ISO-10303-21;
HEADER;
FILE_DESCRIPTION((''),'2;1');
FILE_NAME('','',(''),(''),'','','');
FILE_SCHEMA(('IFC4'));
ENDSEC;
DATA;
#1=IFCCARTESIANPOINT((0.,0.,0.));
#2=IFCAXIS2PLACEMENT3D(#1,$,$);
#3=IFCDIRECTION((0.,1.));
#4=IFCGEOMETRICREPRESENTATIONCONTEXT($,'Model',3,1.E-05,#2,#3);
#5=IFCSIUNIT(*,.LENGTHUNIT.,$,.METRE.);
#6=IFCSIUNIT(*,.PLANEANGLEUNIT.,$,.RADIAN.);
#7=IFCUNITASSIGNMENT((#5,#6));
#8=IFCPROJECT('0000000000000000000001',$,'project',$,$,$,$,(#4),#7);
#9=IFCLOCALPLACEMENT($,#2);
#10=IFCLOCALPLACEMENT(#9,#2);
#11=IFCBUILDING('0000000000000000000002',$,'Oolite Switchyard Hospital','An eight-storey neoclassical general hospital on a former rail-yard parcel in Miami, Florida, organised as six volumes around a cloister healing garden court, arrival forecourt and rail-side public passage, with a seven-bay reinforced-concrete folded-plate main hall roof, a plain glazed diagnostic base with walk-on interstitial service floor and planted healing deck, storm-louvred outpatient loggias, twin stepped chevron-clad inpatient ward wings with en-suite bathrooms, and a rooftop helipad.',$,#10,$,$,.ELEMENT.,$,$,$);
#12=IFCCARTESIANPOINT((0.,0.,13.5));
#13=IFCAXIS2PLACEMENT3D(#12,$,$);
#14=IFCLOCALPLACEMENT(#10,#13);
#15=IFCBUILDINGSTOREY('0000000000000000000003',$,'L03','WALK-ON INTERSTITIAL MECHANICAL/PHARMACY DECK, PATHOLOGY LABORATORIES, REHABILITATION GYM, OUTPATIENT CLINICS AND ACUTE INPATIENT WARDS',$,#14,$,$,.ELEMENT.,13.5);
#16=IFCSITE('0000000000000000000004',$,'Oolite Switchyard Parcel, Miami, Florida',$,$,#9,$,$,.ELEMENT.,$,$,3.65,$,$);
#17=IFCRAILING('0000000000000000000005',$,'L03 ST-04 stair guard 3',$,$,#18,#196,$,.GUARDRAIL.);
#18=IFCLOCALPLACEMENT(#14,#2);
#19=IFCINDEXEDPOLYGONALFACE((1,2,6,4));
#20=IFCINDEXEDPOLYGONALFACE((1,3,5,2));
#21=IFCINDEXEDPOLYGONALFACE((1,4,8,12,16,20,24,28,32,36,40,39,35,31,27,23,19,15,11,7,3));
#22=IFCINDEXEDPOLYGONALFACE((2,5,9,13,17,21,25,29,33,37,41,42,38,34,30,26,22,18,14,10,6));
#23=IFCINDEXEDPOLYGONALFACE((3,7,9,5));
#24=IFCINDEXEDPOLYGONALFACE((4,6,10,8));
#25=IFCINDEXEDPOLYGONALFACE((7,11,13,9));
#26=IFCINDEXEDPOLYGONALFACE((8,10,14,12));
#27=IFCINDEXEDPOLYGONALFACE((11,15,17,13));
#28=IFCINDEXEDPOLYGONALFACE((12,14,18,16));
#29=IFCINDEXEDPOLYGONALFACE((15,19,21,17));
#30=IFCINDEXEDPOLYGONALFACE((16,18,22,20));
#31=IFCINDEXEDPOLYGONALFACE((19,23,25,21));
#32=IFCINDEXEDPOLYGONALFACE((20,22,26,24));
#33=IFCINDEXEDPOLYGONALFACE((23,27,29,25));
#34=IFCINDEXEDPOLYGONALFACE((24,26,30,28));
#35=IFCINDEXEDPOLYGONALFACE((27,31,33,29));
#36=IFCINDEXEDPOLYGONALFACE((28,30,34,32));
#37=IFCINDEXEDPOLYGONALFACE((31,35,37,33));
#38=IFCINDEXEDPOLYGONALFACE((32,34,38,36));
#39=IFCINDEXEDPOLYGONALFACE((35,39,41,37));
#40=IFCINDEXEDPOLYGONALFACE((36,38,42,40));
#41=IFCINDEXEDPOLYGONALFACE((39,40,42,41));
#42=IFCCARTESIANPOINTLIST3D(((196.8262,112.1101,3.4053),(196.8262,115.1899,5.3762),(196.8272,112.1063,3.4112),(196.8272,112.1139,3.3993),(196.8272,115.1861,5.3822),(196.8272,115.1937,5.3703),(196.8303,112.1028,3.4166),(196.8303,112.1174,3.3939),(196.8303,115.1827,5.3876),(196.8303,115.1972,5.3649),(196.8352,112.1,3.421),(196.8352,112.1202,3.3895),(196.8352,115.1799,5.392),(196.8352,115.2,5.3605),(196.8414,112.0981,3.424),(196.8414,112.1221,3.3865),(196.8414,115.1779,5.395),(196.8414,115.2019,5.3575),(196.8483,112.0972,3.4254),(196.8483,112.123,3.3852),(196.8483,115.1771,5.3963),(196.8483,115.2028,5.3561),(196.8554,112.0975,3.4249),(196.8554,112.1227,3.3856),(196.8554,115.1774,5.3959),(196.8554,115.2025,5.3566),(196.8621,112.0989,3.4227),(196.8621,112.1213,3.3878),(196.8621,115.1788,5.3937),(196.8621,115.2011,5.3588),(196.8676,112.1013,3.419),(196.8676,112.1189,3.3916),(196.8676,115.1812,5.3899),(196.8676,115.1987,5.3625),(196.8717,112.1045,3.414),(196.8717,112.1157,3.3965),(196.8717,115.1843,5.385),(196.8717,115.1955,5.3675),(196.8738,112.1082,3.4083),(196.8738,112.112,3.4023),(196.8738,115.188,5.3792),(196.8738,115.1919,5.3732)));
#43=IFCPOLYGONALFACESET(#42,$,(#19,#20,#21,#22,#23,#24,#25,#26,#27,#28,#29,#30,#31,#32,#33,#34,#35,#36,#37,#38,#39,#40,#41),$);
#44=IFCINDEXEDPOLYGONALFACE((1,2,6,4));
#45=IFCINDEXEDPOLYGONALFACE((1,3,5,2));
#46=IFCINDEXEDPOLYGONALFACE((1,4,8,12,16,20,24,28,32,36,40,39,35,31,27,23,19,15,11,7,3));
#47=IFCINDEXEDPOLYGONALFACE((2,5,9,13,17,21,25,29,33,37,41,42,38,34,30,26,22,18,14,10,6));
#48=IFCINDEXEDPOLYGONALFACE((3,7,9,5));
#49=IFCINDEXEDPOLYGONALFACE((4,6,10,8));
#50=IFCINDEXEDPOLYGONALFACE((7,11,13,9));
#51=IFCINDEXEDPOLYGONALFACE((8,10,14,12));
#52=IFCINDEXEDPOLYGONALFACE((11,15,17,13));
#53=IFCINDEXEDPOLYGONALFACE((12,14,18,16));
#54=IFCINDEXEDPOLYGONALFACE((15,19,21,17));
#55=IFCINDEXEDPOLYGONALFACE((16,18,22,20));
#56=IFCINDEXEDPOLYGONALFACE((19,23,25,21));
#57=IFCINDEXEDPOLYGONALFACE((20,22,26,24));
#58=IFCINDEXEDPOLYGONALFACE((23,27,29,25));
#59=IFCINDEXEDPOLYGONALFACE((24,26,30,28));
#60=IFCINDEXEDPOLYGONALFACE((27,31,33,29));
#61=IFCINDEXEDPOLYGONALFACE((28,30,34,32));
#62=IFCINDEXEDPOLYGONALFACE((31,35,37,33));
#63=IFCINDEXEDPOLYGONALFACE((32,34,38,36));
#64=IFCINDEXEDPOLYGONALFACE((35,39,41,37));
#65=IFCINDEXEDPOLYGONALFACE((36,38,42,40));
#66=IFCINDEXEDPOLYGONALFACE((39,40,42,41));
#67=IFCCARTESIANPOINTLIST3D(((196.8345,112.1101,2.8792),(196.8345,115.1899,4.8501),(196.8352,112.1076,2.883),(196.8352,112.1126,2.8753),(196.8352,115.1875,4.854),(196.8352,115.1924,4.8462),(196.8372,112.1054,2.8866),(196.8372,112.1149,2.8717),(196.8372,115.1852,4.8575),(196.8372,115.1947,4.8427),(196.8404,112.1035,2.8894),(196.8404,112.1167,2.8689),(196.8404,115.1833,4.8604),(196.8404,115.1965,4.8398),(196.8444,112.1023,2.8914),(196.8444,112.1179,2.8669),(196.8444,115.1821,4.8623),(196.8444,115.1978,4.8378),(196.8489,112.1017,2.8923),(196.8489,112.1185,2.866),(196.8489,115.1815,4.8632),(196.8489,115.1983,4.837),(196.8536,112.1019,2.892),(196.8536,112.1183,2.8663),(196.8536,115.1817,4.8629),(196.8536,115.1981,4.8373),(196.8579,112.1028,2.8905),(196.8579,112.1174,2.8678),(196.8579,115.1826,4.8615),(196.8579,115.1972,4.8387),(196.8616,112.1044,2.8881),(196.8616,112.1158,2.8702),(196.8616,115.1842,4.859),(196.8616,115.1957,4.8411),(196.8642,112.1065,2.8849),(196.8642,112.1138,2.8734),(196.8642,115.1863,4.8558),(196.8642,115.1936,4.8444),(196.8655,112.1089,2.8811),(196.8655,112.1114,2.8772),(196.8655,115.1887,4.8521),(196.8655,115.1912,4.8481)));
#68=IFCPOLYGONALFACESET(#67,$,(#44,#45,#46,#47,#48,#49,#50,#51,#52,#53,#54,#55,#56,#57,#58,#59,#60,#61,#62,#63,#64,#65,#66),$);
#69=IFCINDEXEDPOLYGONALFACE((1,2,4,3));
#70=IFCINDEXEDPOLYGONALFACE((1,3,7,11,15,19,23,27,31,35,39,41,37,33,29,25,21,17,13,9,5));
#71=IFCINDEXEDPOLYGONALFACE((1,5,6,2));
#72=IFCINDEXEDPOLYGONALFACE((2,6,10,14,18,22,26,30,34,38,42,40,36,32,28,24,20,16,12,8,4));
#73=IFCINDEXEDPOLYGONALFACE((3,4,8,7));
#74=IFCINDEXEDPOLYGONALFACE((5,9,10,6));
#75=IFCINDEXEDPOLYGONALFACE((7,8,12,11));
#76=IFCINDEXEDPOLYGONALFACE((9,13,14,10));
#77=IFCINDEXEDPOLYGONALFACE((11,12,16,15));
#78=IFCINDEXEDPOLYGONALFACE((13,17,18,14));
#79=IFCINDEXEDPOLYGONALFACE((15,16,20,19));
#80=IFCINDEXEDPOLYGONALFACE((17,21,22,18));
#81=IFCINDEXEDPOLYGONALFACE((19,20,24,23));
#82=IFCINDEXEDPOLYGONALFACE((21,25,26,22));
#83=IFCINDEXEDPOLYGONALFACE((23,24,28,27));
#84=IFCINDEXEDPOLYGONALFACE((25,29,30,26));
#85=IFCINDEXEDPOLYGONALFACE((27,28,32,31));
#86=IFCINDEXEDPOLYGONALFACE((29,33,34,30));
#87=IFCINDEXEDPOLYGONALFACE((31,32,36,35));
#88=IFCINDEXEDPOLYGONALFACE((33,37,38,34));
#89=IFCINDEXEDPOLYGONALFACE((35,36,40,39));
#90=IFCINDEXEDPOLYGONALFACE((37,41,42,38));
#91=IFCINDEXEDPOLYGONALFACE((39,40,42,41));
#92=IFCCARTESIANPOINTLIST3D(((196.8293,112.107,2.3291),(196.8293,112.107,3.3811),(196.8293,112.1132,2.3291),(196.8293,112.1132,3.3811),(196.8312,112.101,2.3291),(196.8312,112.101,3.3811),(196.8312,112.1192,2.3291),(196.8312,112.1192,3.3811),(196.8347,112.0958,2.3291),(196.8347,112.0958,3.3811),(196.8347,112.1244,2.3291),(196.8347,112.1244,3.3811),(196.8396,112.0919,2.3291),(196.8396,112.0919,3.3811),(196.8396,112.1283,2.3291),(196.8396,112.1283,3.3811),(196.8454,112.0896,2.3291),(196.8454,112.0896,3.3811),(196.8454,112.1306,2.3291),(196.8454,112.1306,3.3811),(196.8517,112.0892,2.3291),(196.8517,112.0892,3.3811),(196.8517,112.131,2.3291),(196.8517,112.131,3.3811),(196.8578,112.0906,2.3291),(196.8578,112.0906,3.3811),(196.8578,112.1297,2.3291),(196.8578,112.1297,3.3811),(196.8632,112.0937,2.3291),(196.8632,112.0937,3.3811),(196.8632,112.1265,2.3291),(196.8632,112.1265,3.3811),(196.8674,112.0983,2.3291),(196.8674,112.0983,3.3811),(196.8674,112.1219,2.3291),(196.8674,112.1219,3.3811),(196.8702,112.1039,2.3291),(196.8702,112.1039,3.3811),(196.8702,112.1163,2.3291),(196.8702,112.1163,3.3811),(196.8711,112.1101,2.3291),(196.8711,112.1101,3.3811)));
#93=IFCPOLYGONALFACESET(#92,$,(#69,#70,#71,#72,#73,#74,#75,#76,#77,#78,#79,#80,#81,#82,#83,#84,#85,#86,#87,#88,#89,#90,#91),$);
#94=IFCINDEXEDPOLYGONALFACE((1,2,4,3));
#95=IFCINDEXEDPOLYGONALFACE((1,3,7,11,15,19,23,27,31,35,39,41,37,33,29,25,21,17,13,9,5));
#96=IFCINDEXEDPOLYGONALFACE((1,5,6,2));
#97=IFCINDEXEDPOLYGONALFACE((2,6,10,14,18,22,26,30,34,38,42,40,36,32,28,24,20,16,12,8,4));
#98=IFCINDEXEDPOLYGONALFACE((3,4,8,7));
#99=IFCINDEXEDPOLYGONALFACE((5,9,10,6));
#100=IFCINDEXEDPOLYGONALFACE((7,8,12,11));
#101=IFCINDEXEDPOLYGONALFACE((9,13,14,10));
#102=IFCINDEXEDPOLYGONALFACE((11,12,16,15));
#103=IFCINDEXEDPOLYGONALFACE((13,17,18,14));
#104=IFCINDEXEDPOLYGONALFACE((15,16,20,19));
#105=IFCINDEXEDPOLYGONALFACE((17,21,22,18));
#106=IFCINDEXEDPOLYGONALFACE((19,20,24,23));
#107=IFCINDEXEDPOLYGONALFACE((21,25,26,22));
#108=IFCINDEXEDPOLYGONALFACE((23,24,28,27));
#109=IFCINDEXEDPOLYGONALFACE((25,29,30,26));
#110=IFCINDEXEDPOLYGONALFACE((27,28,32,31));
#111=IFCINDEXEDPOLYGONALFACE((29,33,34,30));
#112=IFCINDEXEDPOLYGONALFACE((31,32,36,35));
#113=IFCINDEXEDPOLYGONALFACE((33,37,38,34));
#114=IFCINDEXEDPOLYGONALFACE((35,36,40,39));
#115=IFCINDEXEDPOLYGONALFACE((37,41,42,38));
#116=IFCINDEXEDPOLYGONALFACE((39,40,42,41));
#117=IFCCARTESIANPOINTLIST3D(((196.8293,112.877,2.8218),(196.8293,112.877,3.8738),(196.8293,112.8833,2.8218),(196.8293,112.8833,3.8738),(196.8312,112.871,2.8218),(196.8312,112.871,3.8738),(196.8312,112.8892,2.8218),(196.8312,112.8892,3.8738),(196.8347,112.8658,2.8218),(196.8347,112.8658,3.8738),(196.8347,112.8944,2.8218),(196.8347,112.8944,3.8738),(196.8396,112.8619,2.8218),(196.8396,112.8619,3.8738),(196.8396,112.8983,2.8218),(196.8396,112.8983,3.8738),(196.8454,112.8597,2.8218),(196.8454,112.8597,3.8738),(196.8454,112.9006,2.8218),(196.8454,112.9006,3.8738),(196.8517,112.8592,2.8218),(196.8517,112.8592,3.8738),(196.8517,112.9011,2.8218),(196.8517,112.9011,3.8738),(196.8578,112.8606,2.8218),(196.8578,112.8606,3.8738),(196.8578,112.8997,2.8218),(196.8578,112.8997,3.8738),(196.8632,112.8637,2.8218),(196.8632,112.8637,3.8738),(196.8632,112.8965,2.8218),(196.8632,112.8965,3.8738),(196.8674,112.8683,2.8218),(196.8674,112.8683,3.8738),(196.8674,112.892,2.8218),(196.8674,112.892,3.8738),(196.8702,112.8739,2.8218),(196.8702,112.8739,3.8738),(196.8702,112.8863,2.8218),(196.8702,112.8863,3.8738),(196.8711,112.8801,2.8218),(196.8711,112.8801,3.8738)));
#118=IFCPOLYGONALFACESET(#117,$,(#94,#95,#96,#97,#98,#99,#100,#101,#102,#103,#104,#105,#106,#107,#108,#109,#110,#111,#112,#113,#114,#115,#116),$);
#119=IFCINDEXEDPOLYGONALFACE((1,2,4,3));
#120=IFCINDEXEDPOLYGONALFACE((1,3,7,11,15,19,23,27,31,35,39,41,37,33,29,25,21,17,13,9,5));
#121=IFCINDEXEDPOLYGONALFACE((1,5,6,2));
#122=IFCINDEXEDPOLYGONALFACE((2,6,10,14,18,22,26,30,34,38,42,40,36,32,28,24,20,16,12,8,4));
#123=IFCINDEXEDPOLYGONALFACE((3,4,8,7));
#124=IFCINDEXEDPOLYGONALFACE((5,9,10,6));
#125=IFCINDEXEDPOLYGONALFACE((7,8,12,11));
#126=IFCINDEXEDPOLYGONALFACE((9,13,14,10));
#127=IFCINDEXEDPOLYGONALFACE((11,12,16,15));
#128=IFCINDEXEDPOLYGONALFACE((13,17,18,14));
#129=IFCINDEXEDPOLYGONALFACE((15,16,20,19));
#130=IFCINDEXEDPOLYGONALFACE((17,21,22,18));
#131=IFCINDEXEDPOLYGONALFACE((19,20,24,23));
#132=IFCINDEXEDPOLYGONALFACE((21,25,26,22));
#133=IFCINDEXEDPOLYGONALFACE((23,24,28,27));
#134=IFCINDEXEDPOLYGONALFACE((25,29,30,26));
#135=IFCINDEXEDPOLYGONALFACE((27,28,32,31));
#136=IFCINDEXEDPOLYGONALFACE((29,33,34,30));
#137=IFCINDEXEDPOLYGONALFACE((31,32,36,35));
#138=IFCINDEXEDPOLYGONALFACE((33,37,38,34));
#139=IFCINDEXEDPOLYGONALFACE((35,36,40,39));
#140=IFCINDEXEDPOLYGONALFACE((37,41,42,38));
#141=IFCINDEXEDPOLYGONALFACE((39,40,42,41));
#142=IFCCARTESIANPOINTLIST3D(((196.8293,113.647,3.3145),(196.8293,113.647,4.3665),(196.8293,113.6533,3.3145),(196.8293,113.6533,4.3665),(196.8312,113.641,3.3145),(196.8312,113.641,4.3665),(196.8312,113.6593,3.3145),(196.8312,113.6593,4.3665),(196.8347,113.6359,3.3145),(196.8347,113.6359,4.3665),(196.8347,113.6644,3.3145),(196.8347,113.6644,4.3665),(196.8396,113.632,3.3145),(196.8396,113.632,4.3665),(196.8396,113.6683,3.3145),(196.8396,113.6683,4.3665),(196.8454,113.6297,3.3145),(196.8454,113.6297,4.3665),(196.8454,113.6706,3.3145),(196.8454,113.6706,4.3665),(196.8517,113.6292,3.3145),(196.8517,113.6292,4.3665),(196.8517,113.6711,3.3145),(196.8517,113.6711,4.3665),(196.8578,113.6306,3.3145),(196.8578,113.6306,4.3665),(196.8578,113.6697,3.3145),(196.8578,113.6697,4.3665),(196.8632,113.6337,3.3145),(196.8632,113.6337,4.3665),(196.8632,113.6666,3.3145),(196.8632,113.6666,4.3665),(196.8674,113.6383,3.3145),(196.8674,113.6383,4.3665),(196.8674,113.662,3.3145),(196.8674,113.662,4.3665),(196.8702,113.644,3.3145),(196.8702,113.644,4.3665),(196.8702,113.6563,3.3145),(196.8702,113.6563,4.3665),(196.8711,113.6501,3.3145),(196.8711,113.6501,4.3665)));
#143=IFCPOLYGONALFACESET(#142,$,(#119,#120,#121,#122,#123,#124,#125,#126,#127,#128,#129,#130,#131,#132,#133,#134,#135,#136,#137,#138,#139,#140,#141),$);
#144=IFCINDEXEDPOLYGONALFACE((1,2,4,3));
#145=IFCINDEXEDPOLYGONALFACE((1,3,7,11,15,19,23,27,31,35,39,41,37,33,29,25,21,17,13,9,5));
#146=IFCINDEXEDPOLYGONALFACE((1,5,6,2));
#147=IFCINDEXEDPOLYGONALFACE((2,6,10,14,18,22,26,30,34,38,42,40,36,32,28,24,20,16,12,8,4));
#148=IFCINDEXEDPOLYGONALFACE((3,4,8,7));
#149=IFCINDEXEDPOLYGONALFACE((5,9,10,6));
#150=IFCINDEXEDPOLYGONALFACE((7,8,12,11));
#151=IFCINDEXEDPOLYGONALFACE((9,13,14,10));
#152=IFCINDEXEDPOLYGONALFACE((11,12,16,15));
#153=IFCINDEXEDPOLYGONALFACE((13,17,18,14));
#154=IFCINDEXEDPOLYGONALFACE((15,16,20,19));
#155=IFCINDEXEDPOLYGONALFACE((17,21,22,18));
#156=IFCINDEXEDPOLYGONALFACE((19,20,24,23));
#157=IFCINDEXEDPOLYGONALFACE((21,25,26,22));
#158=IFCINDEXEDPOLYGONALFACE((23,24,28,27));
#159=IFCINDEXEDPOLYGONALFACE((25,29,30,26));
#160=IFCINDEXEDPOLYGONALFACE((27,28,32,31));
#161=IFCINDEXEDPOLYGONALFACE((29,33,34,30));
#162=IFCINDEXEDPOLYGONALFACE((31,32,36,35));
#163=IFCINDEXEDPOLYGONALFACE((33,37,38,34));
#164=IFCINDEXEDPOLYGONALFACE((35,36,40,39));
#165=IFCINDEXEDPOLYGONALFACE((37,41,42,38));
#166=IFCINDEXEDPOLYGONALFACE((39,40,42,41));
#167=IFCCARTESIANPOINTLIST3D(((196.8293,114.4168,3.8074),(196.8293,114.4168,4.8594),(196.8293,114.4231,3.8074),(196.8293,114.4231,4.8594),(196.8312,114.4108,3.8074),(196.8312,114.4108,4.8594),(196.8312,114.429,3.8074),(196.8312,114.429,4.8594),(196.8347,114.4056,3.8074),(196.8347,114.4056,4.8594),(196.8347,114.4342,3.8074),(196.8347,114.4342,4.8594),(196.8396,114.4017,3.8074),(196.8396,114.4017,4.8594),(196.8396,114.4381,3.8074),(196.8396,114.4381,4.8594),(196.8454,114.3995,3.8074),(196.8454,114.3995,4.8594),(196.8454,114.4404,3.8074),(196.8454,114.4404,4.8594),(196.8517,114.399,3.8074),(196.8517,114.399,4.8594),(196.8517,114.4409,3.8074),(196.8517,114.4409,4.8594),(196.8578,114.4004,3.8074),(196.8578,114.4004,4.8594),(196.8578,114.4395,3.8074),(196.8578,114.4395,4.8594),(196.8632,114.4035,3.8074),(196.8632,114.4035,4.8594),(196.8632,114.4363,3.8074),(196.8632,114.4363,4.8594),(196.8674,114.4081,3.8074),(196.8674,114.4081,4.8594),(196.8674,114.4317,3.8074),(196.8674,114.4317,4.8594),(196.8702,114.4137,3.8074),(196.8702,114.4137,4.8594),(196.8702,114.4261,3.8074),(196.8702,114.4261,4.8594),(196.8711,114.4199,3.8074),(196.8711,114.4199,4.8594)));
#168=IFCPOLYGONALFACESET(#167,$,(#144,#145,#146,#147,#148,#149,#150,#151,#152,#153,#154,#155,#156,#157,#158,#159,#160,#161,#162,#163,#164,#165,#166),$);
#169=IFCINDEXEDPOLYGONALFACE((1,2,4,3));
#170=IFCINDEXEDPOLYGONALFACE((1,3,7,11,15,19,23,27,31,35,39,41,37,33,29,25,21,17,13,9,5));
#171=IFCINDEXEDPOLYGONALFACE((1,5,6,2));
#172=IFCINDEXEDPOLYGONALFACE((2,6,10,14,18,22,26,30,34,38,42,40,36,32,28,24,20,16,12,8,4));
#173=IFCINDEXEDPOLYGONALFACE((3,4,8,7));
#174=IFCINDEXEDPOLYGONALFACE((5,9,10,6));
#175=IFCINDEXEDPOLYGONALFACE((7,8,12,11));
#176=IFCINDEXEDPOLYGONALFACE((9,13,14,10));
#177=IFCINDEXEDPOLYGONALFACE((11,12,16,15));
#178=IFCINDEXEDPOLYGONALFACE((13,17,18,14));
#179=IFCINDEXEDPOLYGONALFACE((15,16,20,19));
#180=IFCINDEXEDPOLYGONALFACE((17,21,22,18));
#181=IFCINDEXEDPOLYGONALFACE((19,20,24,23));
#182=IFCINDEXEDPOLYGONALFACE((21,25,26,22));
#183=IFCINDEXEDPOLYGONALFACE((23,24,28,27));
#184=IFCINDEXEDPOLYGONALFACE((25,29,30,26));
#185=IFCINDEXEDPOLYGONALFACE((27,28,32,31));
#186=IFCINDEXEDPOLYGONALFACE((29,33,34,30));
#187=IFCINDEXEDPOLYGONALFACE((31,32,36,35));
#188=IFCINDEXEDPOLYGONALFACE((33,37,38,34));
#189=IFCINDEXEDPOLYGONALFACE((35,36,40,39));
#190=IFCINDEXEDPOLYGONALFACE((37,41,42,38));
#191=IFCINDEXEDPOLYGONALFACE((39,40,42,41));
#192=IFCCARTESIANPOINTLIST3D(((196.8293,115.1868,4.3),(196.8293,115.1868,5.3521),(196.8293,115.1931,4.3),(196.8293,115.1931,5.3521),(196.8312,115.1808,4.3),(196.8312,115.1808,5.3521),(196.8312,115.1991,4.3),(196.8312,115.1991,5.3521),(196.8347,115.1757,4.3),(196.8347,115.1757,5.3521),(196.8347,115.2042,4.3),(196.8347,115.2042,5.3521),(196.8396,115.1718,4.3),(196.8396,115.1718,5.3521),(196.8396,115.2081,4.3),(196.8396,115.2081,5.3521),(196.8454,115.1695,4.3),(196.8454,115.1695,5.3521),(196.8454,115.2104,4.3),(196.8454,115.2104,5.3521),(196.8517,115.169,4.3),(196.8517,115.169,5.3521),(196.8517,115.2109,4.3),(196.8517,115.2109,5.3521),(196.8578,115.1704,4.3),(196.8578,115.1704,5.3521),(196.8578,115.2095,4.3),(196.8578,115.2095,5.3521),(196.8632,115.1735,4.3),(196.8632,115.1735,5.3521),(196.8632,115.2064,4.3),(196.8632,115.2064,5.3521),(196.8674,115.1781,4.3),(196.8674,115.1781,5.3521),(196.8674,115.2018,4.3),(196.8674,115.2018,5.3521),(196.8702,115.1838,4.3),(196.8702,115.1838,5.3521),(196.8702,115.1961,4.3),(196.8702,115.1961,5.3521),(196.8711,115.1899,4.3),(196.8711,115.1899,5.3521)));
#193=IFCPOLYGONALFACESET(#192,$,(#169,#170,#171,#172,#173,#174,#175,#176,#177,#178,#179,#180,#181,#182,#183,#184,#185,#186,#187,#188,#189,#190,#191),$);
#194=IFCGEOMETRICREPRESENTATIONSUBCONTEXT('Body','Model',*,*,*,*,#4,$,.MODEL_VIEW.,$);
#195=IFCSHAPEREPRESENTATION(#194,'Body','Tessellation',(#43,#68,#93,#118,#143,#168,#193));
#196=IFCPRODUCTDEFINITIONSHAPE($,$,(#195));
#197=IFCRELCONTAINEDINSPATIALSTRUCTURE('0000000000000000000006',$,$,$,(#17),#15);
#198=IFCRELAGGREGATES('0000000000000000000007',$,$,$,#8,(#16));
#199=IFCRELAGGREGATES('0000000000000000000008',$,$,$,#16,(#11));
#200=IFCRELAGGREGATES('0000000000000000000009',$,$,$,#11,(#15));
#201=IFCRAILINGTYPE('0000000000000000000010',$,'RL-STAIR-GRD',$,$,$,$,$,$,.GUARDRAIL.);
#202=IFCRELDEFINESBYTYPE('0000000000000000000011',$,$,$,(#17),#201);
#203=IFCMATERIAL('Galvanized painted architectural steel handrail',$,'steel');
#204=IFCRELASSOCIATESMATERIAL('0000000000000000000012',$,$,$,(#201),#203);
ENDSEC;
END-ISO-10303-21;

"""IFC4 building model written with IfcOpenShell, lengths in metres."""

from ifc_helpers import new_model, si_unit, direction, frame, origin, origin_2d, place, context, subcontext, project, spatial, circle, extrude, material, type_object, element, save


model = new_model("IFC4")

# Units and contexts
model_context = context("Model", 3, precision=1e-05, world=origin(), true_north=direction((0.0, 1.0)))
body_context = subcontext(model_context, "Body", "Model", "MODEL_VIEW")
ifc_project = project(units=[si_unit("LENGTHUNIT", "METRE"), si_unit("PLANEANGLEUNIT", "RADIAN")], contexts=[model_context])

# Site, building, storey
site_placement = place(None, origin())
site = spatial("IfcSite", under=ifc_project, at=site_placement, Name="Oolite Switchyard Parcel, Miami, Florida", CompositionType="ELEMENT", RefElevation=3.65)
building_placement = place(site_placement, origin())
building = spatial("IfcBuilding", under=site, at=building_placement, Name="Oolite Switchyard Hospital", Description="An eight-storey neoclassical general hospital on a former rail-yard parcel in Miami, Florida, organised as six volumes around a cloister healing garden court, arrival forecourt and rail-side public passage, with a seven-bay reinforced-concrete folded-plate main hall roof, a plain glazed diagnostic base with walk-on interstitial service floor and planted healing deck, storm-louvred outpatient loggias, twin stepped chevron-clad inpatient ward wings with en-suite bathrooms, and a rooftop helipad.", CompositionType="ELEMENT")
storey_placement = place(building_placement, frame((0.0, 0.0, 13.5)))
storey = spatial("IfcBuildingStorey", under=building, at=storey_placement, Name="L03", Description="WALK-ON INTERSTITIAL MECHANICAL/PHARMACY DECK, PATHOLOGY LABORATORIES, REHABILITATION GYM, OUTPATIENT CLINICS AND ACUTE INPATIENT WARDS", CompositionType="ELEMENT", Elevation=13.5)

# Railing
ifc_material_1 = material(Name="Galvanized painted architectural steel handrail", Category="steel")
railing_type_1 = type_object("IfcRailingType", Name="RL-STAIR-GRD", PredefinedType="GUARDRAIL", material=ifc_material_1)
railing_1_placement = place(storey_placement, frame((196.8501, 112.1101, 2.3291)))
element("IfcRailing", 1, at=railing_1_placement, inside=storey, type_object=railing_type_1, Name="L03 ST-04 stair guard 3", PredefinedType="GUARDRAIL", context=body_context, shape_type="SweptSolid", body=[
    extrude(circle(Radius=0.0239, at=origin_2d()), frame((0.0, 0.0, 1.0762), z_axis=(0.0, 0.84229, 0.539025), x_axis=(-1.0, 0.0, 0.0)), (0.0, 0.0, 1.0), 3.6565),
    extrude(circle(Radius=0.0156, at=origin_2d()), frame((0.0, 0.0, 0.55), z_axis=(0.0, 0.84229, 0.539025), x_axis=(-1.0, 0.0, 0.0)), (0.0, 0.0, 1.0), 3.6565),
    extrude(circle(Radius=0.021, at=origin_2d()), origin(), (0.0, 0.0, 1.0), 1.052),
    extrude(circle(Radius=0.021, at=origin_2d()), frame((0.0, 0.77, 0.4927)), (0.0, 0.0, 1.0), 1.052),
    extrude(circle(Radius=0.021, at=origin_2d()), frame((0.0, 1.54, 0.9854)), (0.0, 0.0, 1.0), 1.052),
    extrude(circle(Radius=0.021, at=origin_2d()), frame((0.0, 2.3098, 1.4783)), (0.0, 0.0, 1.0), 1.052),
    extrude(circle(Radius=0.021, at=origin_2d()), frame((0.0, 3.0798, 1.9709)), (0.0, 0.0, 1.0), 1.052),
])

save(model, "model.ifc")
